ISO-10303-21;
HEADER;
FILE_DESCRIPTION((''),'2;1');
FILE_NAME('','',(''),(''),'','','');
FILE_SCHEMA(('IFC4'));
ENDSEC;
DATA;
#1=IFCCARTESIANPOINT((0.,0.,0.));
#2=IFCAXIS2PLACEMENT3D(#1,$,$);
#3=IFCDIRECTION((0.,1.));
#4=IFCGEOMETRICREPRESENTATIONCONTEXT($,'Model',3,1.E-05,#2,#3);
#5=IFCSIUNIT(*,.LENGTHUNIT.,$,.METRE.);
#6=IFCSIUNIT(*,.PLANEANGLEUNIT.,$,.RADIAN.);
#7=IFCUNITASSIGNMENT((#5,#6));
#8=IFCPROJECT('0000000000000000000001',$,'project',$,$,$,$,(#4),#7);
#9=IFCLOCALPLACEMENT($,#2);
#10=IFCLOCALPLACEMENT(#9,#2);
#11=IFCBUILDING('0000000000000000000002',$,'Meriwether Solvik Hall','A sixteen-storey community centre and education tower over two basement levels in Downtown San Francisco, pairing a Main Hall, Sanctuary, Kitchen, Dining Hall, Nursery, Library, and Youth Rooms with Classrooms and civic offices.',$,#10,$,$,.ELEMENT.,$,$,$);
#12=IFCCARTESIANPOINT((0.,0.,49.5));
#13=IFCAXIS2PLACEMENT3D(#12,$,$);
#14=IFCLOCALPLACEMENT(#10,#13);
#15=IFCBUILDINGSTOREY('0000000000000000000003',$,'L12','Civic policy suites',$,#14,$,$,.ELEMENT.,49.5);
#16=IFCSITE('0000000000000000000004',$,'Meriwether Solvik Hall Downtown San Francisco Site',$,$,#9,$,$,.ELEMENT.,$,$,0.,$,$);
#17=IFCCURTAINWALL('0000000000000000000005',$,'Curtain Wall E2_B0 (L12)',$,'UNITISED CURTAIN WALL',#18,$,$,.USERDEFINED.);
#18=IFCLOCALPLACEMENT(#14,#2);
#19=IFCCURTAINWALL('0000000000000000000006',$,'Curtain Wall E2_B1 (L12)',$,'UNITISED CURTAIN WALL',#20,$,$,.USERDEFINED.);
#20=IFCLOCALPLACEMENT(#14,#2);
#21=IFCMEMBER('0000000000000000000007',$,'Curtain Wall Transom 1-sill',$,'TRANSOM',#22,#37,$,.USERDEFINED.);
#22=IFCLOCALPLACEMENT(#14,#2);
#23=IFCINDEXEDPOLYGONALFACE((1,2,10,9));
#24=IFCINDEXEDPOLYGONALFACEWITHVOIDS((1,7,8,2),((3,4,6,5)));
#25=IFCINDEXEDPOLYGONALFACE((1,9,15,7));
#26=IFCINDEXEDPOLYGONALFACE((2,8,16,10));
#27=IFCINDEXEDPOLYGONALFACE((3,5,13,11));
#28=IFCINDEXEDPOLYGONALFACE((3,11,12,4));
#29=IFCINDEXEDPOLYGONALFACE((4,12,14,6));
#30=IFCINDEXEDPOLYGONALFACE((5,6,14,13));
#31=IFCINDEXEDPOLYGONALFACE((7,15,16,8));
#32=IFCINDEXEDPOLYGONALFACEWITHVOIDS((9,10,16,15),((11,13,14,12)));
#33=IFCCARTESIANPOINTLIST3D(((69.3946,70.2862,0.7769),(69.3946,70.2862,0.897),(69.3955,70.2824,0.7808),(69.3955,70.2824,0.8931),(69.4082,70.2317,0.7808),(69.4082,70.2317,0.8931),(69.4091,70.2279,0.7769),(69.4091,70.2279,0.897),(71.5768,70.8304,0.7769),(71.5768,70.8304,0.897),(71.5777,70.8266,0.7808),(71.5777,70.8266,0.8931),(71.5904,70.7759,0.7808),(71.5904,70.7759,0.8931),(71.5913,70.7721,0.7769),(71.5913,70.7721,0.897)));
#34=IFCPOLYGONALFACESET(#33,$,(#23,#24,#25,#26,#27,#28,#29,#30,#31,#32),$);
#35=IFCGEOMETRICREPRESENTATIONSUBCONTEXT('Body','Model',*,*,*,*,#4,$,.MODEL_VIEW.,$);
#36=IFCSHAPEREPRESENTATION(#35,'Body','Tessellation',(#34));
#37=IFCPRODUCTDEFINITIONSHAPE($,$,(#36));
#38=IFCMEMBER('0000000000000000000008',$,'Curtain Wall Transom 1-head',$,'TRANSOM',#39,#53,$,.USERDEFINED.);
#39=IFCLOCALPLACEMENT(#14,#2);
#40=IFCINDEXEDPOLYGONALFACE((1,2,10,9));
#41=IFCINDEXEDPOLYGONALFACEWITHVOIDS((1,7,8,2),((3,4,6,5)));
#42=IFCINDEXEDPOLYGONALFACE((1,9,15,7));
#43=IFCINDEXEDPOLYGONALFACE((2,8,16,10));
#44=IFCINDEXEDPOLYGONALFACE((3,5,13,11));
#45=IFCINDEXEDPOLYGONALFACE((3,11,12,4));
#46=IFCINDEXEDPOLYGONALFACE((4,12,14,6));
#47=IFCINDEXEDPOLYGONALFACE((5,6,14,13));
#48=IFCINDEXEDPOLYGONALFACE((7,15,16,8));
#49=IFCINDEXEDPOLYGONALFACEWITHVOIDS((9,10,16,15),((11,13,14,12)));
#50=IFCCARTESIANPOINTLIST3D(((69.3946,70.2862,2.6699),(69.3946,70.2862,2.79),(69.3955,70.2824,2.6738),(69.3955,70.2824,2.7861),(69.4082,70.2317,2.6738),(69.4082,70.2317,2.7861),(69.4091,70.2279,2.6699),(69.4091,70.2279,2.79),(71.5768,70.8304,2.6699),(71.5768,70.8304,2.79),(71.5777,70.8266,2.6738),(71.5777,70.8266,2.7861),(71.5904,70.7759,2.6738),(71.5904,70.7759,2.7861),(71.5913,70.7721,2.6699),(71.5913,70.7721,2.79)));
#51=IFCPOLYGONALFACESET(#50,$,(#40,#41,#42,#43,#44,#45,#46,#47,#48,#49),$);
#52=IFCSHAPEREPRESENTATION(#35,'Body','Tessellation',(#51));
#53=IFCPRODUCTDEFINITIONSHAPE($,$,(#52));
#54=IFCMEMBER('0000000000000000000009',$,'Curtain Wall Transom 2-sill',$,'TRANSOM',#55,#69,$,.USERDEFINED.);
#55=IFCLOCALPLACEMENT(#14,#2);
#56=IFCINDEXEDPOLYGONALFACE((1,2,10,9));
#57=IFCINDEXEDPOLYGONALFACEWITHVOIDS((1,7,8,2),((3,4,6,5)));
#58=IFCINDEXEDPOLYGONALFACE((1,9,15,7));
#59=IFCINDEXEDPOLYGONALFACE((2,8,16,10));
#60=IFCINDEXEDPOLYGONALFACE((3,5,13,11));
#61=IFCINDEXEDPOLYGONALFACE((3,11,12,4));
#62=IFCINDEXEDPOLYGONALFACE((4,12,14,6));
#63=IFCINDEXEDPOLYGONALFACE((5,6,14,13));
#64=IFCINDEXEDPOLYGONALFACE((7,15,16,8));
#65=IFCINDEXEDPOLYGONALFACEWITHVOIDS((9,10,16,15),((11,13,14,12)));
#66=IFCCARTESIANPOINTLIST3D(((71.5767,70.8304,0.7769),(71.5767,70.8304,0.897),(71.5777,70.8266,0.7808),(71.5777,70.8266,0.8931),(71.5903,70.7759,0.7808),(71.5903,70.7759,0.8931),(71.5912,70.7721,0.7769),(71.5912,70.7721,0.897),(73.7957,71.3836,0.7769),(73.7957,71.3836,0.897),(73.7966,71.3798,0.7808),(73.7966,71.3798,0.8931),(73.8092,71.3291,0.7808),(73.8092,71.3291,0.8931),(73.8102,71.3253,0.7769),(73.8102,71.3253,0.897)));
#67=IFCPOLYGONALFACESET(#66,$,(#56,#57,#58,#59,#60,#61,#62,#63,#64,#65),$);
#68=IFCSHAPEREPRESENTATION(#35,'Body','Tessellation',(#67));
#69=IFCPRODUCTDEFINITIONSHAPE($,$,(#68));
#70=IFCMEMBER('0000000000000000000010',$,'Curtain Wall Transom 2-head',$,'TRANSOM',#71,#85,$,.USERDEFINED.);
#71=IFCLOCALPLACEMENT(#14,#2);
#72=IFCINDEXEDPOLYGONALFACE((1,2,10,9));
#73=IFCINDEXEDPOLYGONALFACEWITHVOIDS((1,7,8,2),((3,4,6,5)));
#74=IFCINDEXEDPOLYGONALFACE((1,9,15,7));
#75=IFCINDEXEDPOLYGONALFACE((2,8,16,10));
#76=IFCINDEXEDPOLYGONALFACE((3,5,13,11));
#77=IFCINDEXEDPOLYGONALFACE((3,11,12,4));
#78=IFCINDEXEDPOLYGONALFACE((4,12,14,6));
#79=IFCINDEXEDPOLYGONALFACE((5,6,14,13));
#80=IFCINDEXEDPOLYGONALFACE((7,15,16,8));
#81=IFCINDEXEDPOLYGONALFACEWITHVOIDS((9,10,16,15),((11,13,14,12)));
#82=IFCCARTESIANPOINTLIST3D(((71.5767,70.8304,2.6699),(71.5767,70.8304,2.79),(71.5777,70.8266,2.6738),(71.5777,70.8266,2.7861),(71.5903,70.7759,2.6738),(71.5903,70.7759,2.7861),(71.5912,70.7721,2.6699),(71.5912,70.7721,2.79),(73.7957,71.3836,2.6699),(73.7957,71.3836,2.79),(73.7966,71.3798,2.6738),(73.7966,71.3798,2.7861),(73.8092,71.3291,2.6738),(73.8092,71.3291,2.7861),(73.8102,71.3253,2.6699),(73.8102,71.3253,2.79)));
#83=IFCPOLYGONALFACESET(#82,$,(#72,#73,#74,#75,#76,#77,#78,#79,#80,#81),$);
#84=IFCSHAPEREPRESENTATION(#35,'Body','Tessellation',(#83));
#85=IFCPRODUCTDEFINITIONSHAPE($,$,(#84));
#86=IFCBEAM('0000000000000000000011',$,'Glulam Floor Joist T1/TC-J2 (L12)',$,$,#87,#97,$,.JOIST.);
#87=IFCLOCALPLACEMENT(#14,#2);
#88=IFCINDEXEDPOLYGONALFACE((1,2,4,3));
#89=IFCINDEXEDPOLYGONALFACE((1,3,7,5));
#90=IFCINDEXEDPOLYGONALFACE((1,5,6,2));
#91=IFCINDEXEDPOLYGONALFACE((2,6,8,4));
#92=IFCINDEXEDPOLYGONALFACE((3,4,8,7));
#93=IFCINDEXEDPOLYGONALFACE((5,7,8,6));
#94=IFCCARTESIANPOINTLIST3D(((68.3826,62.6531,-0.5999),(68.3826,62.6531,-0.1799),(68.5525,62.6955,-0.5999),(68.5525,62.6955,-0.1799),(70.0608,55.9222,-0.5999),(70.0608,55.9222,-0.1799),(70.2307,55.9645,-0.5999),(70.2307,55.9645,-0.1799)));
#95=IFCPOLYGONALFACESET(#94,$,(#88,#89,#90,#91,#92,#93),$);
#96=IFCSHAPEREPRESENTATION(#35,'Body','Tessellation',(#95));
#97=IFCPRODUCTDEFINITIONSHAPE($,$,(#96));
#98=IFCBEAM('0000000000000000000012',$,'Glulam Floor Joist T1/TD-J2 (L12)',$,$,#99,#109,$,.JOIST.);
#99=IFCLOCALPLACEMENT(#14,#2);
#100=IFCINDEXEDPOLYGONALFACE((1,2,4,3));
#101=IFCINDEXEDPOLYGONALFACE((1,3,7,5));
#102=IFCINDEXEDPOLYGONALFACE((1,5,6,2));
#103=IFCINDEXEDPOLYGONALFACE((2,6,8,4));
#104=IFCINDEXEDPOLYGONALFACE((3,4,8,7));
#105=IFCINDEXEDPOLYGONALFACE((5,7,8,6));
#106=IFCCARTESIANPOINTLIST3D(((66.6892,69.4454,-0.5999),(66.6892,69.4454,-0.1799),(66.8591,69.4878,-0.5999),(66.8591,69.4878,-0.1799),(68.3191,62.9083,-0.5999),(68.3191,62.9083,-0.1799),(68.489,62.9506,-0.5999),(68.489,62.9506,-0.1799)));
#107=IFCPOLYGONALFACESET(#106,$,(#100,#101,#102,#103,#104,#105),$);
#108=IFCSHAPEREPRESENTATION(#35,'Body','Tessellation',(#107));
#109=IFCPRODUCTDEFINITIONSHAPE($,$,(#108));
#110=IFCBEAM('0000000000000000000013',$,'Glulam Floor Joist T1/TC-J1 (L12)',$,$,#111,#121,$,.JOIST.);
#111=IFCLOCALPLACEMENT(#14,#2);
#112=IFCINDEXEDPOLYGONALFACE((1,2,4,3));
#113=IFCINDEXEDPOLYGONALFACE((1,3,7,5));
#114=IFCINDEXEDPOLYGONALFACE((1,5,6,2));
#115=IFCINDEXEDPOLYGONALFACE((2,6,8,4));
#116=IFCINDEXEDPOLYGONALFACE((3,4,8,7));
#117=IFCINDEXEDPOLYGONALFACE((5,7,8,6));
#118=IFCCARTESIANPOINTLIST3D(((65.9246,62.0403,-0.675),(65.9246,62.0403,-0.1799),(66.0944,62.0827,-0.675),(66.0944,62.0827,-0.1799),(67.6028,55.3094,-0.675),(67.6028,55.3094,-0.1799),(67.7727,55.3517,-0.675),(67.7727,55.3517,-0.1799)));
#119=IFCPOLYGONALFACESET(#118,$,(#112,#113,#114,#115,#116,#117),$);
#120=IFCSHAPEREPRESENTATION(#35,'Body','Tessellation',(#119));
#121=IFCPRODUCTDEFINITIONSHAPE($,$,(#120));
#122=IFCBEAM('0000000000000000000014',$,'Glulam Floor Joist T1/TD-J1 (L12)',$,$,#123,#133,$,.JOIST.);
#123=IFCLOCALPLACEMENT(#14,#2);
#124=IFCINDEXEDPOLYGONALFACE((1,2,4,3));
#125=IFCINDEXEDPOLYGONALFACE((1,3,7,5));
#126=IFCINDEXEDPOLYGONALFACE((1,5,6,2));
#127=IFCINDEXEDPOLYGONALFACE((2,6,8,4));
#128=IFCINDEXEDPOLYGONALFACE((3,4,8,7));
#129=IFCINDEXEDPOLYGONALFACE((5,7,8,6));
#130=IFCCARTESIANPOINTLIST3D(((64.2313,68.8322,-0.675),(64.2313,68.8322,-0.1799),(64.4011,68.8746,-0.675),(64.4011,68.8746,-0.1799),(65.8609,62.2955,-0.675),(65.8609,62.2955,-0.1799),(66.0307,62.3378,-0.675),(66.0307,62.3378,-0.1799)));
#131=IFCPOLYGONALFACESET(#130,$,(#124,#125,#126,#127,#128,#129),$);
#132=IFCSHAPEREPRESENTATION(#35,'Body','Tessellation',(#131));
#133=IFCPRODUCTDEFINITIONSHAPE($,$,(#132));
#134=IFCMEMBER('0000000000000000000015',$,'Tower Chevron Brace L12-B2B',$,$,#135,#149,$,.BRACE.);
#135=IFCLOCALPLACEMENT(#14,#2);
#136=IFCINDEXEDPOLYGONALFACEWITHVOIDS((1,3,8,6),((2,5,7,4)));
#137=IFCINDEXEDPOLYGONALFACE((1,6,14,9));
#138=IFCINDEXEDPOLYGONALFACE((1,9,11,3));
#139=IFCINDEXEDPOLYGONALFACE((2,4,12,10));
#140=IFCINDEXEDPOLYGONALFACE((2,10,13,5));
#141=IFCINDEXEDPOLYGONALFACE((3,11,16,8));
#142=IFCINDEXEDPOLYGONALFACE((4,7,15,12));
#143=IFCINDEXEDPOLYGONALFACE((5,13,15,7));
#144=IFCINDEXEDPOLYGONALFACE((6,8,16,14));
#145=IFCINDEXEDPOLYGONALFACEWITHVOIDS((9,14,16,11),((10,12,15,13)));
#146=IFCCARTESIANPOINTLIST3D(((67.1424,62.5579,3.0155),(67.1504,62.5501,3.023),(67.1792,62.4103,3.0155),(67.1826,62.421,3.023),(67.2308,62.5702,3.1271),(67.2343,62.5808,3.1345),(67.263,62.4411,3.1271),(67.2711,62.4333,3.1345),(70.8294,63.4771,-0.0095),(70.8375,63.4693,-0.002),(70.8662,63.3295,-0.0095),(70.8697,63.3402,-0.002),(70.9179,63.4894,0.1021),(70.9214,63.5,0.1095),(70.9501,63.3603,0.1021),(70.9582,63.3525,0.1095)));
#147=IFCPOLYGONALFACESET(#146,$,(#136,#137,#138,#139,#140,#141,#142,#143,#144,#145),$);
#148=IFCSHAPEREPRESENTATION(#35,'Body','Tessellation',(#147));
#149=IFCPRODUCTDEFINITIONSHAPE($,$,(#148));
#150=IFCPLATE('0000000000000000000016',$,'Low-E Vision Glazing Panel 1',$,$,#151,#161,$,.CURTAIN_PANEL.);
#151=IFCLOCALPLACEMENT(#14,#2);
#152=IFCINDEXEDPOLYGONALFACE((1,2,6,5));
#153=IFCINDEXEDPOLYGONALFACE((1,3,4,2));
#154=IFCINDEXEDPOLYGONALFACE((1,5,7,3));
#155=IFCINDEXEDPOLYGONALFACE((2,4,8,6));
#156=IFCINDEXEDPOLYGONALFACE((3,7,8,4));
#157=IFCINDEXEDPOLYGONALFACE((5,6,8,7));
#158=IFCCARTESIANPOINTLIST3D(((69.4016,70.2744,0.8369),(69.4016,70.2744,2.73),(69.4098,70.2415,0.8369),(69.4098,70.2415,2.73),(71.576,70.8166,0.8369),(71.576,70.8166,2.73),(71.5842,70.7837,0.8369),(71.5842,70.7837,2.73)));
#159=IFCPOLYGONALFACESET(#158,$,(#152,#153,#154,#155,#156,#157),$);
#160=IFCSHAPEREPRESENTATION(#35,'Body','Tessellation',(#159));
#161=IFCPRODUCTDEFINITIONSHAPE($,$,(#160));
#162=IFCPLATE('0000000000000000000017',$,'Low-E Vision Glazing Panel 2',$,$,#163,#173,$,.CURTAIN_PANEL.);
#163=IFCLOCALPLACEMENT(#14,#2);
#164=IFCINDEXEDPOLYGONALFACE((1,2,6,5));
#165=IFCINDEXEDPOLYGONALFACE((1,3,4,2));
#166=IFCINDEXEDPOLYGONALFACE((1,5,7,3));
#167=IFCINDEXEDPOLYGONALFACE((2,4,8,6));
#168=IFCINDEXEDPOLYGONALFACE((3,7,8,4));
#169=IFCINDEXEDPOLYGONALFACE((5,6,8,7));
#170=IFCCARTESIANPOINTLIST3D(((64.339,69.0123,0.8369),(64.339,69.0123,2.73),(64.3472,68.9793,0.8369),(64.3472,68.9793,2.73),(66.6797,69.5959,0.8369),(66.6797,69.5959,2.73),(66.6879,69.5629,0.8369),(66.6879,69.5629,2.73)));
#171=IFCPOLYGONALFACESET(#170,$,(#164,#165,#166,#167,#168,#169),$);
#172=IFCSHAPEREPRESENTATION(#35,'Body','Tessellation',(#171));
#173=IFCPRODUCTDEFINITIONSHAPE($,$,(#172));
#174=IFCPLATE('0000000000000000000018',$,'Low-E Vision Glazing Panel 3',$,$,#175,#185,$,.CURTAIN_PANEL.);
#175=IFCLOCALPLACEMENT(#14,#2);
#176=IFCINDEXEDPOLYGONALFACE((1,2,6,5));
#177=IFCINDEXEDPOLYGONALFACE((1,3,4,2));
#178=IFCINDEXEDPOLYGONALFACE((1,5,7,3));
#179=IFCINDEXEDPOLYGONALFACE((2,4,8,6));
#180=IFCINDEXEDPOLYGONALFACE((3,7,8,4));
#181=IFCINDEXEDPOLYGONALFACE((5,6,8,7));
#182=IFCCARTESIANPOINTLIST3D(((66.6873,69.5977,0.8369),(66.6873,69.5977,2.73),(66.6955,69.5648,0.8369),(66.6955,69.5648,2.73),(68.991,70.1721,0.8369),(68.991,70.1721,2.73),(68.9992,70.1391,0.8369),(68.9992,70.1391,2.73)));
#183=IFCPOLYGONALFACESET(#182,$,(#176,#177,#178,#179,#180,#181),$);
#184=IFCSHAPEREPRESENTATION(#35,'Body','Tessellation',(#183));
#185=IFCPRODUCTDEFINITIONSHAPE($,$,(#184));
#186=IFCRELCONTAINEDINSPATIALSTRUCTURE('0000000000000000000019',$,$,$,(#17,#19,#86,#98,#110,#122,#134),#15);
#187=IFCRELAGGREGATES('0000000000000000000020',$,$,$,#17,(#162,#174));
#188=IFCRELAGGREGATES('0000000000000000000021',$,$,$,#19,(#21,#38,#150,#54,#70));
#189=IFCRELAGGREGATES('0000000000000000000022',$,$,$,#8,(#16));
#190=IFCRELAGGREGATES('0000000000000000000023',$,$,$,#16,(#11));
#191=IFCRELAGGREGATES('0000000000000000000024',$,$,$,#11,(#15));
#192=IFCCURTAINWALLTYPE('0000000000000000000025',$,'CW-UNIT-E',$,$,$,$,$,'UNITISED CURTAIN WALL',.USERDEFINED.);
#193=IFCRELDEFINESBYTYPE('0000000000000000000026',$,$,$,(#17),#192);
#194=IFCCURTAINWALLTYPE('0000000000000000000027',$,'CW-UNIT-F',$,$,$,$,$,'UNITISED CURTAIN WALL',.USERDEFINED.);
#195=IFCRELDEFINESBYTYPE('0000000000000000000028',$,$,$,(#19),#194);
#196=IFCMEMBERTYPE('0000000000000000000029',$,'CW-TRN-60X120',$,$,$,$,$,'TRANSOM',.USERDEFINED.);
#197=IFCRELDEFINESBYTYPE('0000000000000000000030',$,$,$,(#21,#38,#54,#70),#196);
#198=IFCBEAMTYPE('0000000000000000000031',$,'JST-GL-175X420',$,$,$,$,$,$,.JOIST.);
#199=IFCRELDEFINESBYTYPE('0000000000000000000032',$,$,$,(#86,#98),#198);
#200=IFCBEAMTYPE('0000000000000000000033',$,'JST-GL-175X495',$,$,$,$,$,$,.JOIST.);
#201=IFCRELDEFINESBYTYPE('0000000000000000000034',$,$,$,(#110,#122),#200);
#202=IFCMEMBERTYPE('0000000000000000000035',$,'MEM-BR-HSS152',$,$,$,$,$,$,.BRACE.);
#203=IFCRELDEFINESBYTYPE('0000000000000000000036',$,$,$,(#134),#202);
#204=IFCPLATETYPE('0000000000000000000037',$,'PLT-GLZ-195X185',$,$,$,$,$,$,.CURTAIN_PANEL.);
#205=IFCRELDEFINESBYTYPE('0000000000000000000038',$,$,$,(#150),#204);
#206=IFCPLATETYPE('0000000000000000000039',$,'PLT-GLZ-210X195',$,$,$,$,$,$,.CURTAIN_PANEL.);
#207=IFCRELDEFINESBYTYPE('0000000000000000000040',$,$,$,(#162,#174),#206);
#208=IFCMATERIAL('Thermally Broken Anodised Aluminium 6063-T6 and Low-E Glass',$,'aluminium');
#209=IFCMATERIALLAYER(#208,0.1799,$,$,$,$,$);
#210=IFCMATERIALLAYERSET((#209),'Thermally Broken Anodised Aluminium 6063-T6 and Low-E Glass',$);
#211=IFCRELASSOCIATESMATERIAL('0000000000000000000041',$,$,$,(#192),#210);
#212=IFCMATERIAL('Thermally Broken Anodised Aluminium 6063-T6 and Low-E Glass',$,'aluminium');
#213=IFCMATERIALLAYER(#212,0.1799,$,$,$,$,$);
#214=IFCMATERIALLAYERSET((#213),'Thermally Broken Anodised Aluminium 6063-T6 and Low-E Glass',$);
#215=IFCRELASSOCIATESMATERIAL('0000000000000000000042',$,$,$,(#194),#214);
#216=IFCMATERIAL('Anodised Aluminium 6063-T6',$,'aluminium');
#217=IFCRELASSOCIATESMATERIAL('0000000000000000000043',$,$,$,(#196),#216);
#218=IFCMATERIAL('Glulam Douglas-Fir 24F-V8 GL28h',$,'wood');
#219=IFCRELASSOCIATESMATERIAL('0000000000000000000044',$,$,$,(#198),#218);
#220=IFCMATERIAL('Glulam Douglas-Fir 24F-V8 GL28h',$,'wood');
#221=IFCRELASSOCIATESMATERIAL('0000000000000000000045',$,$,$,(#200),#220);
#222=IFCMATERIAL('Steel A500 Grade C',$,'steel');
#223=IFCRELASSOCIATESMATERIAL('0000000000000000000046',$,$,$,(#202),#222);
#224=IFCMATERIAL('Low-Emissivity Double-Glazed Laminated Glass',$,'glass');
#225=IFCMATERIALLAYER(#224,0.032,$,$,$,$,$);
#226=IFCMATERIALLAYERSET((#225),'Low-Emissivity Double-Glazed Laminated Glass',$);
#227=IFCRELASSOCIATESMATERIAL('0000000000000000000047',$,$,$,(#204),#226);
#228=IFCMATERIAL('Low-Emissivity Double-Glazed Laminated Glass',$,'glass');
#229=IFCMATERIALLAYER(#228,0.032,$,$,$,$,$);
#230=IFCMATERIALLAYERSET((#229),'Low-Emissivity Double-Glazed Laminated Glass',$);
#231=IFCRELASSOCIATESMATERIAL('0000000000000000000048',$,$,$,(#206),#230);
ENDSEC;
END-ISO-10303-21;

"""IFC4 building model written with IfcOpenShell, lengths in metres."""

from ifc_helpers import new_model, si_unit, direction, frame, origin, origin_2d, place, context, subcontext, project, spatial, rectangle, hollow_rectangle, extrude, material, layer, layer_set, material_profile, profile_set, type_object, element, aggregate, save


model = new_model("IFC4")

# Units and contexts
model_context = context("Model", 3, precision=1e-05, world=origin(), true_north=direction((0.0, 1.0)))
body_context = subcontext(model_context, "Body", "Model", "MODEL_VIEW")
ifc_project = project(units=[si_unit("LENGTHUNIT", "METRE"), si_unit("PLANEANGLEUNIT", "RADIAN")], contexts=[model_context])

# Site, building, storey
site_placement = place(None, origin())
site = spatial("IfcSite", under=ifc_project, at=site_placement, Name="Meriwether Solvik Hall Downtown San Francisco Site", CompositionType="ELEMENT", RefElevation=0.0)
building_placement = place(site_placement, origin())
building = spatial("IfcBuilding", under=site, at=building_placement, Name="Meriwether Solvik Hall", Description="A sixteen-storey community centre and education tower over two basement levels in Downtown San Francisco, pairing a Main Hall, Sanctuary, Kitchen, Dining Hall, Nursery, Library, and Youth Rooms with Classrooms and civic offices.", CompositionType="ELEMENT")
storey_placement = place(building_placement, frame((0.0, 0.0, 49.5)))
storey = spatial("IfcBuildingStorey", under=building, at=storey_placement, Name="L12", Description="Civic policy suites", CompositionType="ELEMENT", Elevation=49.5)

# Curtain walls
ifc_material_1 = material(Name="Thermally Broken Anodised Aluminium 6063-T6 and Low-E Glass", Category="aluminium")
ifc_layer_1 = layer(ifc_material_1, 0.1799)
ifc_layer_set_1 = layer_set([ifc_layer_1], Name="Thermally Broken Anodised Aluminium 6063-T6 and Low-E Glass")
curtain_wall_type_1 = type_object("IfcCurtainWallType", Name="CW-UNIT-E", ElementType="UNITISED CURTAIN WALL", PredefinedType="USERDEFINED", material=ifc_layer_set_1)
curtain_wall_1_placement = place(storey_placement, origin())
curtain_wall_1 = element("IfcCurtainWall", 1, at=curtain_wall_1_placement, inside=storey, type_object=curtain_wall_type_1, Name="Curtain Wall E2_B0 (L12)", ObjectType="UNITISED CURTAIN WALL", PredefinedType="USERDEFINED")
ifc_material_2 = material(Name="Thermally Broken Anodised Aluminium 6063-T6 and Low-E Glass", Category="aluminium")
ifc_layer_2 = layer(ifc_material_2, 0.1799)
ifc_layer_set_2 = layer_set([ifc_layer_2], Name="Thermally Broken Anodised Aluminium 6063-T6 and Low-E Glass")
curtain_wall_type_2 = type_object("IfcCurtainWallType", Name="CW-UNIT-F", ElementType="UNITISED CURTAIN WALL", PredefinedType="USERDEFINED", material=ifc_layer_set_2)
curtain_wall_2_placement = place(storey_placement, origin())
curtain_wall_2 = element("IfcCurtainWall", 2, at=curtain_wall_2_placement, inside=storey, type_object=curtain_wall_type_2, Name="Curtain Wall E2_B1 (L12)", ObjectType="UNITISED CURTAIN WALL", PredefinedType="USERDEFINED")

# Members
ifc_material_3 = material(Name="Anodised Aluminium 6063-T6", Category="aluminium")
ifc_material_profile_1 = material_profile(ifc_material_3, hollow_rectangle(XDim=0.0601, YDim=0.1201, WallThickness=0.0039, at=origin_2d()), Name="CWT-60X120")
ifc_profile_set_1 = profile_set([ifc_material_profile_1], Name="Anodised Aluminium 6063-T6")
member_type_1 = type_object("IfcMemberType", Name="CW-TRN-60X120", ElementType="TRANSOM", PredefinedType="USERDEFINED", material=ifc_profile_set_1)
member_1_placement = place(storey_placement, frame((69.4019, 70.2571, 0.8369), z_axis=(0.970283, 0.241974, 0.0), x_axis=(-0.241974, 0.970283, 0.0)))
member_1 = element("IfcMember", 3, at=member_1_placement, type_object=member_type_1, Name="Curtain Wall Transom 1-sill", ObjectType="TRANSOM", PredefinedType="USERDEFINED", context=body_context, shape_type="SweptSolid", body=[
    extrude(hollow_rectangle(XDim=0.0601, YDim=0.1201, WallThickness=0.0039, at=origin_2d()), origin(), (0.0, 0.0, 1.0), 2.249),
])
member_2_placement = place(storey_placement, frame((69.4019, 70.2571, 2.73), z_axis=(0.970283, 0.241974, 0.0), x_axis=(-0.241974, 0.970283, 0.0)))
member_2 = element("IfcMember", 4, at=member_2_placement, type_object=member_type_1, Name="Curtain Wall Transom 1-head", ObjectType="TRANSOM", PredefinedType="USERDEFINED", context=body_context, shape_type="SweptSolid", body=[
    extrude(hollow_rectangle(XDim=0.0601, YDim=0.1201, WallThickness=0.0039, at=origin_2d()), origin(), (0.0, 0.0, 1.0), 2.249),
])
member_3_placement = place(storey_placement, frame((71.584, 70.8013, 0.8369), z_axis=(0.970299, 0.241908, 0.0), x_axis=(-0.241908, 0.970299, 0.0)))
member_3 = element("IfcMember", 5, at=member_3_placement, type_object=member_type_1, Name="Curtain Wall Transom 2-sill", ObjectType="TRANSOM", PredefinedType="USERDEFINED", context=body_context, shape_type="SweptSolid", body=[
    extrude(hollow_rectangle(XDim=0.0601, YDim=0.1201, WallThickness=0.0039, at=origin_2d()), origin(), (0.0, 0.0, 1.0), 2.2869),
])
member_4_placement = place(storey_placement, frame((71.584, 70.8013, 2.73), z_axis=(0.970299, 0.241908, 0.0), x_axis=(-0.241908, 0.970299, 0.0)))
member_4 = element("IfcMember", 6, at=member_4_placement, type_object=member_type_1, Name="Curtain Wall Transom 2-head", ObjectType="TRANSOM", PredefinedType="USERDEFINED", context=body_context, shape_type="SweptSolid", body=[
    extrude(hollow_rectangle(XDim=0.0601, YDim=0.1201, WallThickness=0.0039, at=origin_2d()), origin(), (0.0, 0.0, 1.0), 2.2869),
])

# Beams
ifc_material_4 = material(Name="Glulam Douglas-Fir 24F-V8 GL28h", Category="wood")
ifc_material_profile_2 = material_profile(ifc_material_4, rectangle(XDim=0.175, YDim=0.4199, at=origin_2d()), Name="GLJ-175X420")
ifc_profile_set_2 = profile_set([ifc_material_profile_2], Name="Glulam Douglas-Fir 24F-V8 GL28h")
beam_type_1 = type_object("IfcBeamType", Name="JST-GL-175X420", PredefinedType="JOIST", material=ifc_profile_set_2)
beam_1_placement = place(storey_placement, frame((70.1458, 55.9434, -0.3899), z_axis=(-0.241923, 0.970296, 0.0), x_axis=(-0.970296, -0.241923, 0.0)))
element("IfcBeam", 7, at=beam_1_placement, inside=storey, type_object=beam_type_1, Name="Glulam Floor Joist T1/TC-J2 (L12)", PredefinedType="JOIST", context=body_context, shape_type="SweptSolid", body=[
    extrude(rectangle(XDim=0.175, YDim=0.4199, at=origin_2d()), origin(), (0.0, 0.0, 1.0), 6.937),
])
beam_2_placement = place(storey_placement, frame((68.4041, 62.9294, -0.3899), z_axis=(-0.241922, 0.970296, 0.0), x_axis=(-0.970296, -0.241922, 0.0)))
element("IfcBeam", 8, at=beam_2_placement, inside=storey, type_object=beam_type_1, Name="Glulam Floor Joist T1/TD-J2 (L12)", PredefinedType="JOIST", context=body_context, shape_type="SweptSolid", body=[
    extrude(rectangle(XDim=0.175, YDim=0.4199, at=origin_2d()), origin(), (0.0, 0.0, 1.0), 6.7373),
])
ifc_material_5 = material(Name="Glulam Douglas-Fir 24F-V8 GL28h", Category="wood")
ifc_material_profile_3 = material_profile(ifc_material_5, rectangle(XDim=0.175, YDim=0.4951, at=origin_2d()), Name="GLJ-175X495")
ifc_profile_set_3 = profile_set([ifc_material_profile_3], Name="Glulam Douglas-Fir 24F-V8 GL28h")
beam_type_2 = type_object("IfcBeamType", Name="JST-GL-175X495", PredefinedType="JOIST", material=ifc_profile_set_3)
beam_3_placement = place(storey_placement, frame((67.6877, 55.3306, -0.4275), z_axis=(-0.241923, 0.970296, 0.0), x_axis=(-0.970296, -0.241923, 0.0)))
element("IfcBeam", 9, at=beam_3_placement, inside=storey, type_object=beam_type_2, Name="Glulam Floor Joist T1/TC-J1 (L12)", PredefinedType="JOIST", context=body_context, shape_type="SweptSolid", body=[
    extrude(rectangle(XDim=0.175, YDim=0.4951, at=origin_2d()), origin(), (0.0, 0.0, 1.0), 6.937),
])
beam_4_placement = place(storey_placement, frame((65.9458, 62.3167, -0.4275), z_axis=(-0.241896, 0.970302, 0.0), x_axis=(-0.970302, -0.241896, 0.0)))
element("IfcBeam", 10, at=beam_4_placement, inside=storey, type_object=beam_type_2, Name="Glulam Floor Joist T1/TD-J1 (L12)", PredefinedType="JOIST", context=body_context, shape_type="SweptSolid", body=[
    extrude(rectangle(XDim=0.175, YDim=0.4951, at=origin_2d()), origin(), (0.0, 0.0, 1.0), 6.7368),
])

# Member
ifc_material_6 = material(Name="Steel A500 Grade C", Category="steel")
ifc_material_profile_4 = material_profile(ifc_material_6, hollow_rectangle(XDim=0.1521, YDim=0.1521, WallThickness=0.0095, at=origin_2d()), Name="HSS152X152X9.5")
ifc_profile_set_4 = profile_set([ifc_material_profile_4], Name="Steel A500 Grade C")
member_type_2 = type_object("IfcMemberType", Name="MEM-BR-HSS152", PredefinedType="BRACE", material=ifc_profile_set_4)
member_5_placement = place(storey_placement, frame((70.8938, 63.4148, 0.05), z_axis=(-0.759136, -0.189256, 0.622811), x_axis=(0.241901, -0.970301, 0.0)))
element("IfcMember", 11, at=member_5_placement, inside=storey, type_object=member_type_2, Name="Tower Chevron Brace L12-B2B", PredefinedType="BRACE", context=body_context, shape_type="SweptSolid", body=[
    extrude(hollow_rectangle(XDim=0.1521, YDim=0.1521, WallThickness=0.0095, at=origin_2d()), origin(), (0.0, 0.0, 1.0), 4.8569),
])

# Plates
ifc_material_7 = material(Name="Low-Emissivity Double-Glazed Laminated Glass", Category="glass")
ifc_layer_3 = layer(ifc_material_7, 0.032)
ifc_layer_set_3 = layer_set([ifc_layer_3], Name="Low-Emissivity Double-Glazed Laminated Glass")
plate_type_1 = type_object("IfcPlateType", Name="PLT-GLZ-195X185", PredefinedType="CURTAIN_PANEL", material=ifc_layer_set_3)
plate_1_placement = place(storey_placement, frame((70.4929, 70.5291, 0.8369), z_axis=(0.0, 0.0, 1.0), x_axis=(0.970296, 0.241922, 0.0)))
plate_1 = element("IfcPlate", 12, at=plate_1_placement, type_object=plate_type_1, Name="Low-E Vision Glazing Panel 1", PredefinedType="CURTAIN_PANEL", context=body_context, shape_type="SweptSolid", body=[
    extrude(rectangle(XDim=2.241, YDim=0.0339, at=origin_2d()), origin(), (0.0, 0.0, 1.0), 1.8931),
])
ifc_material_8 = material(Name="Low-Emissivity Double-Glazed Laminated Glass", Category="glass")
ifc_layer_4 = layer(ifc_material_8, 0.032)
ifc_layer_set_4 = layer_set([ifc_layer_4], Name="Low-Emissivity Double-Glazed Laminated Glass")
plate_type_2 = type_object("IfcPlateType", Name="PLT-GLZ-210X195", PredefinedType="CURTAIN_PANEL", material=ifc_layer_set_4)
plate_2_placement = place(storey_placement, frame((65.5134, 69.2876, 0.8369), z_axis=(0.0, 0.0, 1.0), x_axis=(0.970296, 0.241922, 0.0)))
plate_2 = element("IfcPlate", 13, at=plate_2_placement, type_object=plate_type_2, Name="Low-E Vision Glazing Panel 2", PredefinedType="CURTAIN_PANEL", context=body_context, shape_type="SweptSolid", body=[
    extrude(rectangle(XDim=2.4124, YDim=0.0339, at=origin_2d()), origin(), (0.0, 0.0, 1.0), 1.8931),
])
plate_3_placement = place(storey_placement, frame((67.8433, 69.8684, 0.8369), z_axis=(0.0, 0.0, 1.0), x_axis=(0.970296, 0.241922, 0.0)))
plate_3 = element("IfcPlate", 14, at=plate_3_placement, type_object=plate_type_2, Name="Low-E Vision Glazing Panel 3", PredefinedType="CURTAIN_PANEL", context=body_context, shape_type="SweptSolid", body=[
    extrude(rectangle(XDim=2.3743, YDim=0.0339, at=origin_2d()), origin(), (0.0, 0.0, 1.0), 1.8931),
])
aggregate(curtain_wall_1, [plate_2, plate_3])
aggregate(curtain_wall_2, [member_1, member_2, plate_1, member_3, member_4])

save(model, "model.ifc")
